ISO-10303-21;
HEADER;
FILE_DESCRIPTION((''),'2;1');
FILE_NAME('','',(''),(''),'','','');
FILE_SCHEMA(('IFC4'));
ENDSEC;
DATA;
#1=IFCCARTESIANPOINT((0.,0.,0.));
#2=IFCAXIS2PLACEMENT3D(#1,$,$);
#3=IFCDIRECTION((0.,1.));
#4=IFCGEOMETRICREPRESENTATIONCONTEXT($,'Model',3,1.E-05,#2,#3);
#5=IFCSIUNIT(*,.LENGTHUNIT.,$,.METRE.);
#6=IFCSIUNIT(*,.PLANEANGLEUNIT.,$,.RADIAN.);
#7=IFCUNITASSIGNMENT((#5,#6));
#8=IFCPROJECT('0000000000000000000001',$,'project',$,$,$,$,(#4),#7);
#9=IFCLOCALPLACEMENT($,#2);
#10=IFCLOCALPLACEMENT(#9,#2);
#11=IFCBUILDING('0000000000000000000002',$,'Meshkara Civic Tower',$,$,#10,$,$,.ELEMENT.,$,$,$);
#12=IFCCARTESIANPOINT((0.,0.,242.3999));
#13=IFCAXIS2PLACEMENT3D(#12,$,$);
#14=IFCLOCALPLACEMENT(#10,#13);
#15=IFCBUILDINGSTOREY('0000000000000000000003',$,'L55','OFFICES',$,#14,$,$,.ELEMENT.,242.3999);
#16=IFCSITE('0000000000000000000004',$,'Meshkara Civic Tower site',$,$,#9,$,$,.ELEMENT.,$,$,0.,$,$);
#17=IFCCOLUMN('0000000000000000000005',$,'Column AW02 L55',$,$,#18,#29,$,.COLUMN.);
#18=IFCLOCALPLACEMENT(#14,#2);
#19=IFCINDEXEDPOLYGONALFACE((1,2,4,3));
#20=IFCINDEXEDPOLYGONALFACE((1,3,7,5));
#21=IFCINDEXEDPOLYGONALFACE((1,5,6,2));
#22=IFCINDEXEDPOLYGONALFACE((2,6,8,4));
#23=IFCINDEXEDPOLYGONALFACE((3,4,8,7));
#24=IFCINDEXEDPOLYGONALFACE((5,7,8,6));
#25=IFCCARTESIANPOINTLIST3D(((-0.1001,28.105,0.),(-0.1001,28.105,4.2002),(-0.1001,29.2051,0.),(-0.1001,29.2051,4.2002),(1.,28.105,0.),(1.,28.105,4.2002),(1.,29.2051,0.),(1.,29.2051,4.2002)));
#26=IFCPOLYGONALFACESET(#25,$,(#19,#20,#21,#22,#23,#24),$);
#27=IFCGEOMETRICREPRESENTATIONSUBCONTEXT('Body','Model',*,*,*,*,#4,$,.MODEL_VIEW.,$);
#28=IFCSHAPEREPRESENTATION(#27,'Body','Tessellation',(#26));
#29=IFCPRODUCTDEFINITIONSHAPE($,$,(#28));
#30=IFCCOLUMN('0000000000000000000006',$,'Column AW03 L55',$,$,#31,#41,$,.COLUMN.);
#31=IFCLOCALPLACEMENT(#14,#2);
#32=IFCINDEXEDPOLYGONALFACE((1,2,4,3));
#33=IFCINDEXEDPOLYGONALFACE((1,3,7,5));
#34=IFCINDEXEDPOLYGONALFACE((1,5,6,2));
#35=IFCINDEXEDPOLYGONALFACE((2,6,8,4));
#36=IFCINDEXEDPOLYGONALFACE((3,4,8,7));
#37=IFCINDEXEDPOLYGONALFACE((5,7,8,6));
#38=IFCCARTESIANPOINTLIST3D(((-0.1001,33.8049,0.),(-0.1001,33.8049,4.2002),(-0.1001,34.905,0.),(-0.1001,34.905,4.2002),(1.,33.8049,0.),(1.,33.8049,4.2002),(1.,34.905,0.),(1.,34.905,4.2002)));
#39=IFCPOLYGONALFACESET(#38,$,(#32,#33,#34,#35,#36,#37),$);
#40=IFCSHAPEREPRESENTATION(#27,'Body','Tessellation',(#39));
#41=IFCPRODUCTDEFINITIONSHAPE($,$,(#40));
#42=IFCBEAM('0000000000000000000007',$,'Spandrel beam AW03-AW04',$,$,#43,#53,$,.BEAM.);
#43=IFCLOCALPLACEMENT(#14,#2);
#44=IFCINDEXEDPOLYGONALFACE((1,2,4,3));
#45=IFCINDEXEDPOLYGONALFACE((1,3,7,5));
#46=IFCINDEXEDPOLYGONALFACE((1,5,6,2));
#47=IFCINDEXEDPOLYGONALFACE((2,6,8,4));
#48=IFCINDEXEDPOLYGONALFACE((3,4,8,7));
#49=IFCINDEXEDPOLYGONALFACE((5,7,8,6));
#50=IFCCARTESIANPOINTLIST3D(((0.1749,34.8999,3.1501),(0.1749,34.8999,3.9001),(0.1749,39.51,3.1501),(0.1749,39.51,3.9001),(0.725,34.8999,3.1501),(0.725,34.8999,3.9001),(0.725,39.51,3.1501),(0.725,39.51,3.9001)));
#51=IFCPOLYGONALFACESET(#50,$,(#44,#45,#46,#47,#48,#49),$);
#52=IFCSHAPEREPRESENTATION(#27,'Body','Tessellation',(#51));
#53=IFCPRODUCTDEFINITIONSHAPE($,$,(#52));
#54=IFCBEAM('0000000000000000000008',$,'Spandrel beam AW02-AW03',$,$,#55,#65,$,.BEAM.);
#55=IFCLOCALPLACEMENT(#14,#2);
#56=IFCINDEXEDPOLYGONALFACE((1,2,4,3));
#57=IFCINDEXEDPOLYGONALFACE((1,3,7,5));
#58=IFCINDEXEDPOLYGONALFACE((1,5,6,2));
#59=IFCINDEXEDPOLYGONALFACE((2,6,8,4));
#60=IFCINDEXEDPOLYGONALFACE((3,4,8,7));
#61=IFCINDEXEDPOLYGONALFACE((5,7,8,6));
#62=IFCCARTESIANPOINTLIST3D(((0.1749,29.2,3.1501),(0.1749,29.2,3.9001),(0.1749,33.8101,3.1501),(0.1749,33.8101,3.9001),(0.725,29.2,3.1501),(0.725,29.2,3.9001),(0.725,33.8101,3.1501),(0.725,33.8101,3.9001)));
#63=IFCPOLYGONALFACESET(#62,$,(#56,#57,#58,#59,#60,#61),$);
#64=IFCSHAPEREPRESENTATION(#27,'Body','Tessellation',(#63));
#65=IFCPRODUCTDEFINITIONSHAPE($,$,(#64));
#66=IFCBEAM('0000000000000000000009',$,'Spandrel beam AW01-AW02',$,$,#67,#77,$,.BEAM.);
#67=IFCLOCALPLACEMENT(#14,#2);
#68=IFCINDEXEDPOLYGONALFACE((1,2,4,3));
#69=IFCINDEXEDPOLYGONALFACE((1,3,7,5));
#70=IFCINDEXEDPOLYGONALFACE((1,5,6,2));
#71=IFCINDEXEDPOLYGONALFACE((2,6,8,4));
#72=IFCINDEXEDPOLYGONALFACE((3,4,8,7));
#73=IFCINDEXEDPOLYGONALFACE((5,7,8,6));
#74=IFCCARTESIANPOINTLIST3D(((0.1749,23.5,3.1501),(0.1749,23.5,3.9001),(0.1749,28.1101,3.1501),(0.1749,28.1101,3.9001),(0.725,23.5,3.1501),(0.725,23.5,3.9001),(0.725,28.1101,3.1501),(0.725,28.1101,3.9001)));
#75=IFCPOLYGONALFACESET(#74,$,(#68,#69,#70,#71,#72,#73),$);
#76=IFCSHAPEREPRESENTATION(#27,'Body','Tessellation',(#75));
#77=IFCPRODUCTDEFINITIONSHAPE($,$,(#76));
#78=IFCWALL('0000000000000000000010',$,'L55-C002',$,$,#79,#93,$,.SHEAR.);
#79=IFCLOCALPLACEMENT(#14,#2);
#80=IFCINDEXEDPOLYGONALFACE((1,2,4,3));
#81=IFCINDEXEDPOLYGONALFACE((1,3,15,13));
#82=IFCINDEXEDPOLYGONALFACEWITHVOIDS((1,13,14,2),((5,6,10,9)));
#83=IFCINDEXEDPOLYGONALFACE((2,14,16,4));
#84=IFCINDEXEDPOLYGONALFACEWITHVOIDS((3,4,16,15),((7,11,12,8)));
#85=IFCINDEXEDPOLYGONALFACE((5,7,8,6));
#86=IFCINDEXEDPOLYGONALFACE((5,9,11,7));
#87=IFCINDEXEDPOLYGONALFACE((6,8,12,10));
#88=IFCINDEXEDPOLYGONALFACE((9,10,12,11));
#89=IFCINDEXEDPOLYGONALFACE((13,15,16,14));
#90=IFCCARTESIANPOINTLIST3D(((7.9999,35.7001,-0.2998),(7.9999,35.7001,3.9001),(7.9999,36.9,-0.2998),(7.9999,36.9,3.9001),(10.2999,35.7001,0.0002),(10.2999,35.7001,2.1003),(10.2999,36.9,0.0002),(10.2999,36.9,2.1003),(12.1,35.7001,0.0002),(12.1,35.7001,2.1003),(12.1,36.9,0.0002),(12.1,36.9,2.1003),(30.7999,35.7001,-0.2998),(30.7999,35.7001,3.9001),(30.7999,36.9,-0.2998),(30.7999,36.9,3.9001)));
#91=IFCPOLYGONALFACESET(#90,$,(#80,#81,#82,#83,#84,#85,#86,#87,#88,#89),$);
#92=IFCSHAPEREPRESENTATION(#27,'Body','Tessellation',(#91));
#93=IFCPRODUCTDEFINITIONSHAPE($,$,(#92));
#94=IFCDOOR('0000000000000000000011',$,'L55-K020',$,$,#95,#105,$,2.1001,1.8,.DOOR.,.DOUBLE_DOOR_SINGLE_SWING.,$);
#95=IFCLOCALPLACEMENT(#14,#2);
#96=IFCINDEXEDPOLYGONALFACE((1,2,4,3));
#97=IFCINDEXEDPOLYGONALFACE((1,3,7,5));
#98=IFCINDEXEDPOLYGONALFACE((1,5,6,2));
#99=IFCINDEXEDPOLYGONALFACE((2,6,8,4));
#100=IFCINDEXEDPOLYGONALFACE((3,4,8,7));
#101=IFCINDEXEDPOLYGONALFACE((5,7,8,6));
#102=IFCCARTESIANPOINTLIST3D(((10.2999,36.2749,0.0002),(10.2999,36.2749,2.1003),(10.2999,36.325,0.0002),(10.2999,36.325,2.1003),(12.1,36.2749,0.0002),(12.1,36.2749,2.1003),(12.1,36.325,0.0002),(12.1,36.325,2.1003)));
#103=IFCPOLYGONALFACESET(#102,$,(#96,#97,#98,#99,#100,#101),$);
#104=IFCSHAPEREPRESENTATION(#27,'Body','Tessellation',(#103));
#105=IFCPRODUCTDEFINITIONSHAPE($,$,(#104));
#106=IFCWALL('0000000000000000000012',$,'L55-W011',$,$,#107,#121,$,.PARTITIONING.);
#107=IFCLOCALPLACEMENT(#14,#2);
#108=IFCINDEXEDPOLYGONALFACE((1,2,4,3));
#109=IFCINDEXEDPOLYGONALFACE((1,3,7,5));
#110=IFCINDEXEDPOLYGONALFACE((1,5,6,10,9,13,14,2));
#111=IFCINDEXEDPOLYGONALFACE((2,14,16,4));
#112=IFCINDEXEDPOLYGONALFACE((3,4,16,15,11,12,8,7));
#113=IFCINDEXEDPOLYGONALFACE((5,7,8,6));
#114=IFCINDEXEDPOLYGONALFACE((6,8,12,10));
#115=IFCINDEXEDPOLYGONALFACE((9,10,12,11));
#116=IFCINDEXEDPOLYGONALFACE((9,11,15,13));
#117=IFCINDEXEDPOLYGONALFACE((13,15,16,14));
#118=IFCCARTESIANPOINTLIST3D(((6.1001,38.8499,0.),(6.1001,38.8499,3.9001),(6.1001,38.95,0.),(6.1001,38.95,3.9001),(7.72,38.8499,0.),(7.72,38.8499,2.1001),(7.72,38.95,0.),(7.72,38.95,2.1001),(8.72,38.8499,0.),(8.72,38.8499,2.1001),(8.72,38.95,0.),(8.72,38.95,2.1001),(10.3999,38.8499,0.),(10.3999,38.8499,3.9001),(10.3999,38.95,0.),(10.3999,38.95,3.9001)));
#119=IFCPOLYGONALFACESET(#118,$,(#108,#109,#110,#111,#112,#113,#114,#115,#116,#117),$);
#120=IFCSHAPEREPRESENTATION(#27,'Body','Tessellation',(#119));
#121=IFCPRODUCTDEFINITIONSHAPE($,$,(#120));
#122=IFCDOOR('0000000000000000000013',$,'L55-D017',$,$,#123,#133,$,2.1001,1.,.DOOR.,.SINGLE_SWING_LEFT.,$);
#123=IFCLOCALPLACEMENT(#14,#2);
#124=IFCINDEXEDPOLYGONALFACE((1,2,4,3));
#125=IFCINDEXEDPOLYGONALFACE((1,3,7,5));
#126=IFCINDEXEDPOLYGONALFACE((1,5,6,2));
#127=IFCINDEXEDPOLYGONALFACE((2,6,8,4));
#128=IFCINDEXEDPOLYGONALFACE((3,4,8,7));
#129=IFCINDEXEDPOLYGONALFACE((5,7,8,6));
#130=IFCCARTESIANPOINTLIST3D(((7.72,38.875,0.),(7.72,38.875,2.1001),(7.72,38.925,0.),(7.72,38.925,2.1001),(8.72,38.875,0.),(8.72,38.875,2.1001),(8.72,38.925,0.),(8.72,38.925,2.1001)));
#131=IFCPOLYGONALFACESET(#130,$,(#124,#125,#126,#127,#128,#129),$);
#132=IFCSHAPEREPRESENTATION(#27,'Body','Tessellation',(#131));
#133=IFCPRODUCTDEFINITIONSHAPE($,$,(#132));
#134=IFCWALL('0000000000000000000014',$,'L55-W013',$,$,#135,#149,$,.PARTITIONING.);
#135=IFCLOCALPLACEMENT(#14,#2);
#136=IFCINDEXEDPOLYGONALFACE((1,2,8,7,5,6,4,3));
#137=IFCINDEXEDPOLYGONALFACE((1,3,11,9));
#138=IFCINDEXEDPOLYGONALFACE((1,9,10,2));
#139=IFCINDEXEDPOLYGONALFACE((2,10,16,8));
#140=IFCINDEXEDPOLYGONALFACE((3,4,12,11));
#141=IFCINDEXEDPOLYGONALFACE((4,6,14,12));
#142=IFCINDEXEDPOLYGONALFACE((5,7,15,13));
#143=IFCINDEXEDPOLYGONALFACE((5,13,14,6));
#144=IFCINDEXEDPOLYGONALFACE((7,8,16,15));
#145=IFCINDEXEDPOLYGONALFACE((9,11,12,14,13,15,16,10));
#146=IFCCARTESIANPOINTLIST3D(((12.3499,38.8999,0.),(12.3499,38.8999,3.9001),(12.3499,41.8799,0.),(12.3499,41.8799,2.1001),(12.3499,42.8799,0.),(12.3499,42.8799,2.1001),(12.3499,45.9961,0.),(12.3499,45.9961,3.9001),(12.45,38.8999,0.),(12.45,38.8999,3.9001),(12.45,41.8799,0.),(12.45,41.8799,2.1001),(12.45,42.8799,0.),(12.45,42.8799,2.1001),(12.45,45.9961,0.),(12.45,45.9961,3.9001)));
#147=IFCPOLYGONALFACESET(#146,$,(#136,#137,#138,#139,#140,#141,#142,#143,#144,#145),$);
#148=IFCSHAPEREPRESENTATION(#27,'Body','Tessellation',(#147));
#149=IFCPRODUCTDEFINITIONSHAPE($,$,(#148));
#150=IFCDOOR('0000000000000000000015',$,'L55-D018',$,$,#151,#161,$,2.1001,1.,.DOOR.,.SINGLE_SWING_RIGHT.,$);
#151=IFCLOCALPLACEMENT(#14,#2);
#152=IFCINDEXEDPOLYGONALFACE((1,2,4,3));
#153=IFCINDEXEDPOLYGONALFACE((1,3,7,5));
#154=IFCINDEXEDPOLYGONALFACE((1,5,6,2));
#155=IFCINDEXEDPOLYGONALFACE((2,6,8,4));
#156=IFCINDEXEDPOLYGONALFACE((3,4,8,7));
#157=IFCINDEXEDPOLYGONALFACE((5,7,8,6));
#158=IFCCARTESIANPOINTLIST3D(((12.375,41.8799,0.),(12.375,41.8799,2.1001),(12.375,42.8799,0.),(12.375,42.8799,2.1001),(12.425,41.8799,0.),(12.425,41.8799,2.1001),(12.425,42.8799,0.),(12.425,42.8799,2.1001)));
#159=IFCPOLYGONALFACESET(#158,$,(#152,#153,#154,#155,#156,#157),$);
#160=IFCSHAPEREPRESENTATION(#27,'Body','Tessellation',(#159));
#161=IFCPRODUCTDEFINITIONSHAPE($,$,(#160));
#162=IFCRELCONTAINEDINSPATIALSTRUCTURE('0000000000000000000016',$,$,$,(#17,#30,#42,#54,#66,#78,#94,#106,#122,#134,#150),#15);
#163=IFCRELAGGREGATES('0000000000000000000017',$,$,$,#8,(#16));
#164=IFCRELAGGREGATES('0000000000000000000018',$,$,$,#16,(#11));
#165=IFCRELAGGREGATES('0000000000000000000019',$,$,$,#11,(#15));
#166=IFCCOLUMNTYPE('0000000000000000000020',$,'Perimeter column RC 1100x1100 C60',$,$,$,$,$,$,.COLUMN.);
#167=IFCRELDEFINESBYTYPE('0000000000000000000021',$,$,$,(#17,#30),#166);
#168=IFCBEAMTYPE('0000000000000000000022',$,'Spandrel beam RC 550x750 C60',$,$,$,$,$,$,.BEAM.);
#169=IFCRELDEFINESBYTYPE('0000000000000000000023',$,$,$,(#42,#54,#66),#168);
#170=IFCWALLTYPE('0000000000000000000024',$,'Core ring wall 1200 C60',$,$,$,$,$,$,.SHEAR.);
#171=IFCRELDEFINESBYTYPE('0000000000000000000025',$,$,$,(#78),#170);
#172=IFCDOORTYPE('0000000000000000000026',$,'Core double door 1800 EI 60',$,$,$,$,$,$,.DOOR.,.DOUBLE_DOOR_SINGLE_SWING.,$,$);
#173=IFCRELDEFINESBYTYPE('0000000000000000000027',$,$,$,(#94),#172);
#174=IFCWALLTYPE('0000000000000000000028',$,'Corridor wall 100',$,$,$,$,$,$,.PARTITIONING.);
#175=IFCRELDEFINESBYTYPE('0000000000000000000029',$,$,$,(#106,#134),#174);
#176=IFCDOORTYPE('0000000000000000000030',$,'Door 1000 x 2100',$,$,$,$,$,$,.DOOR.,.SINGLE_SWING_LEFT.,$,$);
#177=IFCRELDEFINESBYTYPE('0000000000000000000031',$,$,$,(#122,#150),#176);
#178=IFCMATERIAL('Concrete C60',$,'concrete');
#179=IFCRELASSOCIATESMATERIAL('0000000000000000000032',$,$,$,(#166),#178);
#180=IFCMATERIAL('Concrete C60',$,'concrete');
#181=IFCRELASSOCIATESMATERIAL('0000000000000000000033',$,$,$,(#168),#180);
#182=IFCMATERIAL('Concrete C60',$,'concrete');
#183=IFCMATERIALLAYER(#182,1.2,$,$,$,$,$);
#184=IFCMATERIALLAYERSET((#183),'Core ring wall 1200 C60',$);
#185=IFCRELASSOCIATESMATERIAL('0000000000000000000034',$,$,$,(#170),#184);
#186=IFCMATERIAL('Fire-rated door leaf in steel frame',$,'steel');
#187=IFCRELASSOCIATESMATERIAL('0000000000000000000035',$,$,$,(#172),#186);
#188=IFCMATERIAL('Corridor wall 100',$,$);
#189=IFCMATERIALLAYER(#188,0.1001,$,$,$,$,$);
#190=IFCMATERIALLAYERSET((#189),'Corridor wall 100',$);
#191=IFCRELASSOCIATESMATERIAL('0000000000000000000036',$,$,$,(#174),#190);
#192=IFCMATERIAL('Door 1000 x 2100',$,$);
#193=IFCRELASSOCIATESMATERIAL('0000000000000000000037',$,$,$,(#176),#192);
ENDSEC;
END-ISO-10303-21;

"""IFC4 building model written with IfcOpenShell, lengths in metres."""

from ifc_helpers import new_model, si_unit, direction, frame, frame_2d, origin, origin_2d, place, context, subcontext, project, spatial, rectangle, extrude, material, layer, layer_set, material_profile, profile_set, type_object, element, fill, save


model = new_model("IFC4")

# Units and contexts
model_context = context("Model", 3, precision=1e-05, world=origin(), true_north=direction((0.0, 1.0)))
body_context = subcontext(model_context, "Body", "Model", "MODEL_VIEW")
ifc_project = project(units=[si_unit("LENGTHUNIT", "METRE"), si_unit("PLANEANGLEUNIT", "RADIAN")], contexts=[model_context])

# Site, building, storey
site_placement = place(None, origin())
site = spatial("IfcSite", under=ifc_project, at=site_placement, Name="Meshkara Civic Tower site", CompositionType="ELEMENT", RefElevation=0.0)
building_placement = place(site_placement, origin())
building = spatial("IfcBuilding", under=site, at=building_placement, Name="Meshkara Civic Tower", CompositionType="ELEMENT")
storey_placement = place(building_placement, frame((0.0, 0.0, 242.3999)))
storey = spatial("IfcBuildingStorey", under=building, at=storey_placement, Name="L55", Description="OFFICES", CompositionType="ELEMENT", Elevation=242.3999)

# Columns
ifc_material_1 = material(Name="Concrete C60", Category="concrete")
ifc_material_profile_1 = material_profile(ifc_material_1, rectangle(XDim=1.1001, YDim=1.1001, at=origin_2d()))
ifc_profile_set_1 = profile_set([ifc_material_profile_1], Name="Concrete C60")
column_type = type_object("IfcColumnType", Name="Perimeter column RC 1100x1100 C60", PredefinedType="COLUMN", material=ifc_profile_set_1)
for number, where, z_axis, x_axis, name in (
    (1, (0.45, 28.655, 0.0), (0.0, 0.0, 1.0), (1.0, 0.0, 0.0), "Column AW02 L55"),
    (2, (0.45, 34.355, 0.0), (0.0, 0.0, 1.0), (1.0, 0.0, 0.0), "Column AW03 L55"),
):
    element("IfcColumn", number, at=place(storey_placement, frame(where, z_axis=z_axis, x_axis=x_axis)), inside=storey, type_object=column_type, Name=name, PredefinedType="COLUMN", context=body_context, shape_type="SweptSolid", body=[
        extrude(rectangle(XDim=1.1001, YDim=1.1001, at=origin_2d()), origin(), (0.0, 0.0, 1.0), 4.2002),
    ])

# Beams
ifc_material_2 = material(Name="Concrete C60", Category="concrete")
ifc_material_profile_2 = material_profile(ifc_material_2, rectangle(XDim=0.55, YDim=0.75, at=origin_2d()))
ifc_profile_set_2 = profile_set([ifc_material_profile_2], Name="Concrete C60")
beam_type = type_object("IfcBeamType", Name="Spandrel beam RC 550x750 C60", PredefinedType="BEAM", material=ifc_profile_set_2)
for number, where, z_axis, x_axis, name in (
    (3, (0.45, 39.51, 3.5251), (0.0, -1.0, 0.0), (1.0, 0.0, 0.0), "Spandrel beam AW03-AW04"),
    (4, (0.45, 33.8101, 3.5251), (0.0, -1.0, 0.0), (1.0, 0.0, 0.0), "Spandrel beam AW02-AW03"),
    (5, (0.45, 28.1101, 3.5251), (0.0, -1.0, 0.0), (1.0, 0.0, 0.0), "Spandrel beam AW01-AW02"),
):
    element("IfcBeam", number, at=place(storey_placement, frame(where, z_axis=z_axis, x_axis=x_axis)), inside=storey, type_object=beam_type, Name=name, PredefinedType="BEAM", context=body_context, shape_type="SweptSolid", body=[
        extrude(rectangle(XDim=0.55, YDim=0.75, at=origin_2d()), origin(), (0.0, 0.0, 1.0), 4.6101),
    ])

# Walls, openings, doors
ifc_material_3 = material(Name="Concrete C60", Category="concrete")
ifc_layer_1 = layer(ifc_material_3, 1.2)
ifc_layer_set_1 = layer_set([ifc_layer_1], Name="Core ring wall 1200 C60")
wall_type_1 = type_object("IfcWallType", Name="Core ring wall 1200 C60", PredefinedType="SHEAR", material=ifc_layer_set_1)
wall_1_placement = place(storey_placement, frame((8.0, 36.3, -0.2998), z_axis=(0.0, 0.0, 1.0), x_axis=(1.0, 0.0, 0.0)))
wall_1 = element("IfcWall", 6, at=wall_1_placement, inside=storey, type_object=wall_type_1, Name="L55-C002", PredefinedType="SHEAR", context=body_context, shape_type="SweptSolid", body=[
    extrude(rectangle(XDim=22.8, YDim=1.2, at=frame_2d((11.3999, 0.0))), origin(), (0.0, 0.0, 1.0), 4.2),
])
opening_1_placement = place(wall_1_placement, frame((2.3, 0.0, 0.3)))
opening_1 = element("IfcOpeningElement", 7, at=opening_1_placement, cuts=wall_1, PredefinedType="OPENING", context=body_context, shape_type="SweptSolid", body=[
    extrude(rectangle(XDim=1.8, YDim=2.1001, at=frame_2d((0.8999, 1.05))), frame((0.0, 0.6099, 0.0), z_axis=(0.0, -1.0, 0.0), x_axis=(1.0, 0.0, 0.0)), (0.0, 0.0, 1.0), 1.22),
])
ifc_material_4 = material(Name="Fire-rated door leaf in steel frame", Category="steel")
door_type_1 = type_object("IfcDoorType", Name="Core double door 1800 EI 60", OperationType="DOUBLE_DOOR_SINGLE_SWING", PredefinedType="DOOR", material=ifc_material_4)
door_1_placement = place(opening_1_placement, origin())
door_1 = element("IfcDoor", 8, at=door_1_placement, inside=storey, type_object=door_type_1, Name="L55-K020", OperationType="DOUBLE_DOOR_SINGLE_SWING", OverallHeight=2.1001, OverallWidth=1.8, PredefinedType="DOOR", context=body_context, shape_type="SweptSolid", body=[
    extrude(rectangle(XDim=1.8, YDim=2.1001, at=frame_2d((0.8999, 1.05))), frame((0.0, 0.0249, 0.0), z_axis=(0.0, -1.0, 0.0), x_axis=(1.0, 0.0, 0.0)), (0.0, 0.0, 1.0), 0.05),
])
fill(opening_1, door_1)
ifc_material_5 = material(Name="Corridor wall 100")
ifc_layer_2 = layer(ifc_material_5, 0.1001)
ifc_layer_set_2 = layer_set([ifc_layer_2], Name="Corridor wall 100")
wall_type_2 = type_object("IfcWallType", Name="Corridor wall 100", PredefinedType="PARTITIONING", material=ifc_layer_set_2)
wall_2_placement = place(storey_placement, frame((10.3999, 38.8999, 0.0), z_axis=(0.0, 0.0, 1.0), x_axis=(-1.0, 0.0, 0.0)))
wall_2 = element("IfcWall", 9, at=wall_2_placement, inside=storey, type_object=wall_type_2, Name="L55-W011", PredefinedType="PARTITIONING", context=body_context, shape_type="SweptSolid", body=[
    extrude(rectangle(XDim=4.2998, YDim=0.1001, at=frame_2d((2.1499, 0.0))), origin(), (0.0, 0.0, 1.0), 3.9001),
])
opening_2_placement = place(wall_2_placement, frame((1.6799, 0.0, 0.0)))
opening_2 = element("IfcOpeningElement", 10, at=opening_2_placement, cuts=wall_2, PredefinedType="OPENING", context=body_context, shape_type="SweptSolid", body=[
    extrude(rectangle(XDim=1.0, YDim=2.1001, at=frame_2d((0.5, 1.05))), frame((0.0, 0.0601, 0.0), z_axis=(0.0, -1.0, 0.0), x_axis=(1.0, 0.0, 0.0)), (0.0, 0.0, 1.0), 0.1201),
])
ifc_material_6 = material(Name="Door 1000 x 2100")
door_type_2 = type_object("IfcDoorType", Name="Door 1000 x 2100", OperationType="SINGLE_SWING_LEFT", PredefinedType="DOOR", material=ifc_material_6)
door_2_placement = place(opening_2_placement, origin())
door_2 = element("IfcDoor", 11, at=door_2_placement, inside=storey, type_object=door_type_2, Name="L55-D017", OperationType="SINGLE_SWING_LEFT", OverallHeight=2.1001, OverallWidth=1.0, PredefinedType="DOOR", context=body_context, shape_type="SweptSolid", body=[
    extrude(rectangle(XDim=1.0, YDim=2.1001, at=frame_2d((0.5, 1.05))), frame((0.0, 0.0249, 0.0), z_axis=(0.0, -1.0, 0.0), x_axis=(1.0, 0.0, 0.0)), (0.0, 0.0, 1.0), 0.05),
])
fill(opening_2, door_2)
wall_3_placement = place(storey_placement, frame((12.3999, 38.8999, 0.0), z_axis=(0.0, 0.0, 1.0), x_axis=(0.0, 1.0, 0.0)))
wall_3 = element("IfcWall", 12, at=wall_3_placement, inside=storey, type_object=wall_type_2, Name="L55-W013", PredefinedType="PARTITIONING", context=body_context, shape_type="SweptSolid", body=[
    extrude(rectangle(XDim=7.0962, YDim=0.1001, at=frame_2d((3.5481, 0.0))), origin(), (0.0, 0.0, 1.0), 3.9001),
])
opening_3_placement = place(wall_3_placement, frame((2.98, 0.0, 0.0)))
opening_3 = element("IfcOpeningElement", 13, at=opening_3_placement, cuts=wall_3, PredefinedType="OPENING", context=body_context, shape_type="SweptSolid", body=[
    extrude(rectangle(XDim=1.0, YDim=2.1001, at=frame_2d((0.5, 1.05))), frame((0.0, 0.0601, 0.0), z_axis=(0.0, -1.0, 0.0), x_axis=(1.0, 0.0, 0.0)), (0.0, 0.0, 1.0), 0.1201),
])
door_3_placement = place(opening_3_placement, origin())
door_3 = element("IfcDoor", 14, at=door_3_placement, inside=storey, type_object=door_type_2, Name="L55-D018", OperationType="SINGLE_SWING_RIGHT", OverallHeight=2.1001, OverallWidth=1.0, PredefinedType="DOOR", context=body_context, shape_type="SweptSolid", body=[
    extrude(rectangle(XDim=1.0, YDim=2.1001, at=frame_2d((0.5, 1.05))), frame((0.0, 0.0249, 0.0), z_axis=(0.0, -1.0, 0.0), x_axis=(1.0, 0.0, 0.0)), (0.0, 0.0, 1.0), 0.05),
])
fill(opening_3, door_3)

save(model, "model.ifc")
